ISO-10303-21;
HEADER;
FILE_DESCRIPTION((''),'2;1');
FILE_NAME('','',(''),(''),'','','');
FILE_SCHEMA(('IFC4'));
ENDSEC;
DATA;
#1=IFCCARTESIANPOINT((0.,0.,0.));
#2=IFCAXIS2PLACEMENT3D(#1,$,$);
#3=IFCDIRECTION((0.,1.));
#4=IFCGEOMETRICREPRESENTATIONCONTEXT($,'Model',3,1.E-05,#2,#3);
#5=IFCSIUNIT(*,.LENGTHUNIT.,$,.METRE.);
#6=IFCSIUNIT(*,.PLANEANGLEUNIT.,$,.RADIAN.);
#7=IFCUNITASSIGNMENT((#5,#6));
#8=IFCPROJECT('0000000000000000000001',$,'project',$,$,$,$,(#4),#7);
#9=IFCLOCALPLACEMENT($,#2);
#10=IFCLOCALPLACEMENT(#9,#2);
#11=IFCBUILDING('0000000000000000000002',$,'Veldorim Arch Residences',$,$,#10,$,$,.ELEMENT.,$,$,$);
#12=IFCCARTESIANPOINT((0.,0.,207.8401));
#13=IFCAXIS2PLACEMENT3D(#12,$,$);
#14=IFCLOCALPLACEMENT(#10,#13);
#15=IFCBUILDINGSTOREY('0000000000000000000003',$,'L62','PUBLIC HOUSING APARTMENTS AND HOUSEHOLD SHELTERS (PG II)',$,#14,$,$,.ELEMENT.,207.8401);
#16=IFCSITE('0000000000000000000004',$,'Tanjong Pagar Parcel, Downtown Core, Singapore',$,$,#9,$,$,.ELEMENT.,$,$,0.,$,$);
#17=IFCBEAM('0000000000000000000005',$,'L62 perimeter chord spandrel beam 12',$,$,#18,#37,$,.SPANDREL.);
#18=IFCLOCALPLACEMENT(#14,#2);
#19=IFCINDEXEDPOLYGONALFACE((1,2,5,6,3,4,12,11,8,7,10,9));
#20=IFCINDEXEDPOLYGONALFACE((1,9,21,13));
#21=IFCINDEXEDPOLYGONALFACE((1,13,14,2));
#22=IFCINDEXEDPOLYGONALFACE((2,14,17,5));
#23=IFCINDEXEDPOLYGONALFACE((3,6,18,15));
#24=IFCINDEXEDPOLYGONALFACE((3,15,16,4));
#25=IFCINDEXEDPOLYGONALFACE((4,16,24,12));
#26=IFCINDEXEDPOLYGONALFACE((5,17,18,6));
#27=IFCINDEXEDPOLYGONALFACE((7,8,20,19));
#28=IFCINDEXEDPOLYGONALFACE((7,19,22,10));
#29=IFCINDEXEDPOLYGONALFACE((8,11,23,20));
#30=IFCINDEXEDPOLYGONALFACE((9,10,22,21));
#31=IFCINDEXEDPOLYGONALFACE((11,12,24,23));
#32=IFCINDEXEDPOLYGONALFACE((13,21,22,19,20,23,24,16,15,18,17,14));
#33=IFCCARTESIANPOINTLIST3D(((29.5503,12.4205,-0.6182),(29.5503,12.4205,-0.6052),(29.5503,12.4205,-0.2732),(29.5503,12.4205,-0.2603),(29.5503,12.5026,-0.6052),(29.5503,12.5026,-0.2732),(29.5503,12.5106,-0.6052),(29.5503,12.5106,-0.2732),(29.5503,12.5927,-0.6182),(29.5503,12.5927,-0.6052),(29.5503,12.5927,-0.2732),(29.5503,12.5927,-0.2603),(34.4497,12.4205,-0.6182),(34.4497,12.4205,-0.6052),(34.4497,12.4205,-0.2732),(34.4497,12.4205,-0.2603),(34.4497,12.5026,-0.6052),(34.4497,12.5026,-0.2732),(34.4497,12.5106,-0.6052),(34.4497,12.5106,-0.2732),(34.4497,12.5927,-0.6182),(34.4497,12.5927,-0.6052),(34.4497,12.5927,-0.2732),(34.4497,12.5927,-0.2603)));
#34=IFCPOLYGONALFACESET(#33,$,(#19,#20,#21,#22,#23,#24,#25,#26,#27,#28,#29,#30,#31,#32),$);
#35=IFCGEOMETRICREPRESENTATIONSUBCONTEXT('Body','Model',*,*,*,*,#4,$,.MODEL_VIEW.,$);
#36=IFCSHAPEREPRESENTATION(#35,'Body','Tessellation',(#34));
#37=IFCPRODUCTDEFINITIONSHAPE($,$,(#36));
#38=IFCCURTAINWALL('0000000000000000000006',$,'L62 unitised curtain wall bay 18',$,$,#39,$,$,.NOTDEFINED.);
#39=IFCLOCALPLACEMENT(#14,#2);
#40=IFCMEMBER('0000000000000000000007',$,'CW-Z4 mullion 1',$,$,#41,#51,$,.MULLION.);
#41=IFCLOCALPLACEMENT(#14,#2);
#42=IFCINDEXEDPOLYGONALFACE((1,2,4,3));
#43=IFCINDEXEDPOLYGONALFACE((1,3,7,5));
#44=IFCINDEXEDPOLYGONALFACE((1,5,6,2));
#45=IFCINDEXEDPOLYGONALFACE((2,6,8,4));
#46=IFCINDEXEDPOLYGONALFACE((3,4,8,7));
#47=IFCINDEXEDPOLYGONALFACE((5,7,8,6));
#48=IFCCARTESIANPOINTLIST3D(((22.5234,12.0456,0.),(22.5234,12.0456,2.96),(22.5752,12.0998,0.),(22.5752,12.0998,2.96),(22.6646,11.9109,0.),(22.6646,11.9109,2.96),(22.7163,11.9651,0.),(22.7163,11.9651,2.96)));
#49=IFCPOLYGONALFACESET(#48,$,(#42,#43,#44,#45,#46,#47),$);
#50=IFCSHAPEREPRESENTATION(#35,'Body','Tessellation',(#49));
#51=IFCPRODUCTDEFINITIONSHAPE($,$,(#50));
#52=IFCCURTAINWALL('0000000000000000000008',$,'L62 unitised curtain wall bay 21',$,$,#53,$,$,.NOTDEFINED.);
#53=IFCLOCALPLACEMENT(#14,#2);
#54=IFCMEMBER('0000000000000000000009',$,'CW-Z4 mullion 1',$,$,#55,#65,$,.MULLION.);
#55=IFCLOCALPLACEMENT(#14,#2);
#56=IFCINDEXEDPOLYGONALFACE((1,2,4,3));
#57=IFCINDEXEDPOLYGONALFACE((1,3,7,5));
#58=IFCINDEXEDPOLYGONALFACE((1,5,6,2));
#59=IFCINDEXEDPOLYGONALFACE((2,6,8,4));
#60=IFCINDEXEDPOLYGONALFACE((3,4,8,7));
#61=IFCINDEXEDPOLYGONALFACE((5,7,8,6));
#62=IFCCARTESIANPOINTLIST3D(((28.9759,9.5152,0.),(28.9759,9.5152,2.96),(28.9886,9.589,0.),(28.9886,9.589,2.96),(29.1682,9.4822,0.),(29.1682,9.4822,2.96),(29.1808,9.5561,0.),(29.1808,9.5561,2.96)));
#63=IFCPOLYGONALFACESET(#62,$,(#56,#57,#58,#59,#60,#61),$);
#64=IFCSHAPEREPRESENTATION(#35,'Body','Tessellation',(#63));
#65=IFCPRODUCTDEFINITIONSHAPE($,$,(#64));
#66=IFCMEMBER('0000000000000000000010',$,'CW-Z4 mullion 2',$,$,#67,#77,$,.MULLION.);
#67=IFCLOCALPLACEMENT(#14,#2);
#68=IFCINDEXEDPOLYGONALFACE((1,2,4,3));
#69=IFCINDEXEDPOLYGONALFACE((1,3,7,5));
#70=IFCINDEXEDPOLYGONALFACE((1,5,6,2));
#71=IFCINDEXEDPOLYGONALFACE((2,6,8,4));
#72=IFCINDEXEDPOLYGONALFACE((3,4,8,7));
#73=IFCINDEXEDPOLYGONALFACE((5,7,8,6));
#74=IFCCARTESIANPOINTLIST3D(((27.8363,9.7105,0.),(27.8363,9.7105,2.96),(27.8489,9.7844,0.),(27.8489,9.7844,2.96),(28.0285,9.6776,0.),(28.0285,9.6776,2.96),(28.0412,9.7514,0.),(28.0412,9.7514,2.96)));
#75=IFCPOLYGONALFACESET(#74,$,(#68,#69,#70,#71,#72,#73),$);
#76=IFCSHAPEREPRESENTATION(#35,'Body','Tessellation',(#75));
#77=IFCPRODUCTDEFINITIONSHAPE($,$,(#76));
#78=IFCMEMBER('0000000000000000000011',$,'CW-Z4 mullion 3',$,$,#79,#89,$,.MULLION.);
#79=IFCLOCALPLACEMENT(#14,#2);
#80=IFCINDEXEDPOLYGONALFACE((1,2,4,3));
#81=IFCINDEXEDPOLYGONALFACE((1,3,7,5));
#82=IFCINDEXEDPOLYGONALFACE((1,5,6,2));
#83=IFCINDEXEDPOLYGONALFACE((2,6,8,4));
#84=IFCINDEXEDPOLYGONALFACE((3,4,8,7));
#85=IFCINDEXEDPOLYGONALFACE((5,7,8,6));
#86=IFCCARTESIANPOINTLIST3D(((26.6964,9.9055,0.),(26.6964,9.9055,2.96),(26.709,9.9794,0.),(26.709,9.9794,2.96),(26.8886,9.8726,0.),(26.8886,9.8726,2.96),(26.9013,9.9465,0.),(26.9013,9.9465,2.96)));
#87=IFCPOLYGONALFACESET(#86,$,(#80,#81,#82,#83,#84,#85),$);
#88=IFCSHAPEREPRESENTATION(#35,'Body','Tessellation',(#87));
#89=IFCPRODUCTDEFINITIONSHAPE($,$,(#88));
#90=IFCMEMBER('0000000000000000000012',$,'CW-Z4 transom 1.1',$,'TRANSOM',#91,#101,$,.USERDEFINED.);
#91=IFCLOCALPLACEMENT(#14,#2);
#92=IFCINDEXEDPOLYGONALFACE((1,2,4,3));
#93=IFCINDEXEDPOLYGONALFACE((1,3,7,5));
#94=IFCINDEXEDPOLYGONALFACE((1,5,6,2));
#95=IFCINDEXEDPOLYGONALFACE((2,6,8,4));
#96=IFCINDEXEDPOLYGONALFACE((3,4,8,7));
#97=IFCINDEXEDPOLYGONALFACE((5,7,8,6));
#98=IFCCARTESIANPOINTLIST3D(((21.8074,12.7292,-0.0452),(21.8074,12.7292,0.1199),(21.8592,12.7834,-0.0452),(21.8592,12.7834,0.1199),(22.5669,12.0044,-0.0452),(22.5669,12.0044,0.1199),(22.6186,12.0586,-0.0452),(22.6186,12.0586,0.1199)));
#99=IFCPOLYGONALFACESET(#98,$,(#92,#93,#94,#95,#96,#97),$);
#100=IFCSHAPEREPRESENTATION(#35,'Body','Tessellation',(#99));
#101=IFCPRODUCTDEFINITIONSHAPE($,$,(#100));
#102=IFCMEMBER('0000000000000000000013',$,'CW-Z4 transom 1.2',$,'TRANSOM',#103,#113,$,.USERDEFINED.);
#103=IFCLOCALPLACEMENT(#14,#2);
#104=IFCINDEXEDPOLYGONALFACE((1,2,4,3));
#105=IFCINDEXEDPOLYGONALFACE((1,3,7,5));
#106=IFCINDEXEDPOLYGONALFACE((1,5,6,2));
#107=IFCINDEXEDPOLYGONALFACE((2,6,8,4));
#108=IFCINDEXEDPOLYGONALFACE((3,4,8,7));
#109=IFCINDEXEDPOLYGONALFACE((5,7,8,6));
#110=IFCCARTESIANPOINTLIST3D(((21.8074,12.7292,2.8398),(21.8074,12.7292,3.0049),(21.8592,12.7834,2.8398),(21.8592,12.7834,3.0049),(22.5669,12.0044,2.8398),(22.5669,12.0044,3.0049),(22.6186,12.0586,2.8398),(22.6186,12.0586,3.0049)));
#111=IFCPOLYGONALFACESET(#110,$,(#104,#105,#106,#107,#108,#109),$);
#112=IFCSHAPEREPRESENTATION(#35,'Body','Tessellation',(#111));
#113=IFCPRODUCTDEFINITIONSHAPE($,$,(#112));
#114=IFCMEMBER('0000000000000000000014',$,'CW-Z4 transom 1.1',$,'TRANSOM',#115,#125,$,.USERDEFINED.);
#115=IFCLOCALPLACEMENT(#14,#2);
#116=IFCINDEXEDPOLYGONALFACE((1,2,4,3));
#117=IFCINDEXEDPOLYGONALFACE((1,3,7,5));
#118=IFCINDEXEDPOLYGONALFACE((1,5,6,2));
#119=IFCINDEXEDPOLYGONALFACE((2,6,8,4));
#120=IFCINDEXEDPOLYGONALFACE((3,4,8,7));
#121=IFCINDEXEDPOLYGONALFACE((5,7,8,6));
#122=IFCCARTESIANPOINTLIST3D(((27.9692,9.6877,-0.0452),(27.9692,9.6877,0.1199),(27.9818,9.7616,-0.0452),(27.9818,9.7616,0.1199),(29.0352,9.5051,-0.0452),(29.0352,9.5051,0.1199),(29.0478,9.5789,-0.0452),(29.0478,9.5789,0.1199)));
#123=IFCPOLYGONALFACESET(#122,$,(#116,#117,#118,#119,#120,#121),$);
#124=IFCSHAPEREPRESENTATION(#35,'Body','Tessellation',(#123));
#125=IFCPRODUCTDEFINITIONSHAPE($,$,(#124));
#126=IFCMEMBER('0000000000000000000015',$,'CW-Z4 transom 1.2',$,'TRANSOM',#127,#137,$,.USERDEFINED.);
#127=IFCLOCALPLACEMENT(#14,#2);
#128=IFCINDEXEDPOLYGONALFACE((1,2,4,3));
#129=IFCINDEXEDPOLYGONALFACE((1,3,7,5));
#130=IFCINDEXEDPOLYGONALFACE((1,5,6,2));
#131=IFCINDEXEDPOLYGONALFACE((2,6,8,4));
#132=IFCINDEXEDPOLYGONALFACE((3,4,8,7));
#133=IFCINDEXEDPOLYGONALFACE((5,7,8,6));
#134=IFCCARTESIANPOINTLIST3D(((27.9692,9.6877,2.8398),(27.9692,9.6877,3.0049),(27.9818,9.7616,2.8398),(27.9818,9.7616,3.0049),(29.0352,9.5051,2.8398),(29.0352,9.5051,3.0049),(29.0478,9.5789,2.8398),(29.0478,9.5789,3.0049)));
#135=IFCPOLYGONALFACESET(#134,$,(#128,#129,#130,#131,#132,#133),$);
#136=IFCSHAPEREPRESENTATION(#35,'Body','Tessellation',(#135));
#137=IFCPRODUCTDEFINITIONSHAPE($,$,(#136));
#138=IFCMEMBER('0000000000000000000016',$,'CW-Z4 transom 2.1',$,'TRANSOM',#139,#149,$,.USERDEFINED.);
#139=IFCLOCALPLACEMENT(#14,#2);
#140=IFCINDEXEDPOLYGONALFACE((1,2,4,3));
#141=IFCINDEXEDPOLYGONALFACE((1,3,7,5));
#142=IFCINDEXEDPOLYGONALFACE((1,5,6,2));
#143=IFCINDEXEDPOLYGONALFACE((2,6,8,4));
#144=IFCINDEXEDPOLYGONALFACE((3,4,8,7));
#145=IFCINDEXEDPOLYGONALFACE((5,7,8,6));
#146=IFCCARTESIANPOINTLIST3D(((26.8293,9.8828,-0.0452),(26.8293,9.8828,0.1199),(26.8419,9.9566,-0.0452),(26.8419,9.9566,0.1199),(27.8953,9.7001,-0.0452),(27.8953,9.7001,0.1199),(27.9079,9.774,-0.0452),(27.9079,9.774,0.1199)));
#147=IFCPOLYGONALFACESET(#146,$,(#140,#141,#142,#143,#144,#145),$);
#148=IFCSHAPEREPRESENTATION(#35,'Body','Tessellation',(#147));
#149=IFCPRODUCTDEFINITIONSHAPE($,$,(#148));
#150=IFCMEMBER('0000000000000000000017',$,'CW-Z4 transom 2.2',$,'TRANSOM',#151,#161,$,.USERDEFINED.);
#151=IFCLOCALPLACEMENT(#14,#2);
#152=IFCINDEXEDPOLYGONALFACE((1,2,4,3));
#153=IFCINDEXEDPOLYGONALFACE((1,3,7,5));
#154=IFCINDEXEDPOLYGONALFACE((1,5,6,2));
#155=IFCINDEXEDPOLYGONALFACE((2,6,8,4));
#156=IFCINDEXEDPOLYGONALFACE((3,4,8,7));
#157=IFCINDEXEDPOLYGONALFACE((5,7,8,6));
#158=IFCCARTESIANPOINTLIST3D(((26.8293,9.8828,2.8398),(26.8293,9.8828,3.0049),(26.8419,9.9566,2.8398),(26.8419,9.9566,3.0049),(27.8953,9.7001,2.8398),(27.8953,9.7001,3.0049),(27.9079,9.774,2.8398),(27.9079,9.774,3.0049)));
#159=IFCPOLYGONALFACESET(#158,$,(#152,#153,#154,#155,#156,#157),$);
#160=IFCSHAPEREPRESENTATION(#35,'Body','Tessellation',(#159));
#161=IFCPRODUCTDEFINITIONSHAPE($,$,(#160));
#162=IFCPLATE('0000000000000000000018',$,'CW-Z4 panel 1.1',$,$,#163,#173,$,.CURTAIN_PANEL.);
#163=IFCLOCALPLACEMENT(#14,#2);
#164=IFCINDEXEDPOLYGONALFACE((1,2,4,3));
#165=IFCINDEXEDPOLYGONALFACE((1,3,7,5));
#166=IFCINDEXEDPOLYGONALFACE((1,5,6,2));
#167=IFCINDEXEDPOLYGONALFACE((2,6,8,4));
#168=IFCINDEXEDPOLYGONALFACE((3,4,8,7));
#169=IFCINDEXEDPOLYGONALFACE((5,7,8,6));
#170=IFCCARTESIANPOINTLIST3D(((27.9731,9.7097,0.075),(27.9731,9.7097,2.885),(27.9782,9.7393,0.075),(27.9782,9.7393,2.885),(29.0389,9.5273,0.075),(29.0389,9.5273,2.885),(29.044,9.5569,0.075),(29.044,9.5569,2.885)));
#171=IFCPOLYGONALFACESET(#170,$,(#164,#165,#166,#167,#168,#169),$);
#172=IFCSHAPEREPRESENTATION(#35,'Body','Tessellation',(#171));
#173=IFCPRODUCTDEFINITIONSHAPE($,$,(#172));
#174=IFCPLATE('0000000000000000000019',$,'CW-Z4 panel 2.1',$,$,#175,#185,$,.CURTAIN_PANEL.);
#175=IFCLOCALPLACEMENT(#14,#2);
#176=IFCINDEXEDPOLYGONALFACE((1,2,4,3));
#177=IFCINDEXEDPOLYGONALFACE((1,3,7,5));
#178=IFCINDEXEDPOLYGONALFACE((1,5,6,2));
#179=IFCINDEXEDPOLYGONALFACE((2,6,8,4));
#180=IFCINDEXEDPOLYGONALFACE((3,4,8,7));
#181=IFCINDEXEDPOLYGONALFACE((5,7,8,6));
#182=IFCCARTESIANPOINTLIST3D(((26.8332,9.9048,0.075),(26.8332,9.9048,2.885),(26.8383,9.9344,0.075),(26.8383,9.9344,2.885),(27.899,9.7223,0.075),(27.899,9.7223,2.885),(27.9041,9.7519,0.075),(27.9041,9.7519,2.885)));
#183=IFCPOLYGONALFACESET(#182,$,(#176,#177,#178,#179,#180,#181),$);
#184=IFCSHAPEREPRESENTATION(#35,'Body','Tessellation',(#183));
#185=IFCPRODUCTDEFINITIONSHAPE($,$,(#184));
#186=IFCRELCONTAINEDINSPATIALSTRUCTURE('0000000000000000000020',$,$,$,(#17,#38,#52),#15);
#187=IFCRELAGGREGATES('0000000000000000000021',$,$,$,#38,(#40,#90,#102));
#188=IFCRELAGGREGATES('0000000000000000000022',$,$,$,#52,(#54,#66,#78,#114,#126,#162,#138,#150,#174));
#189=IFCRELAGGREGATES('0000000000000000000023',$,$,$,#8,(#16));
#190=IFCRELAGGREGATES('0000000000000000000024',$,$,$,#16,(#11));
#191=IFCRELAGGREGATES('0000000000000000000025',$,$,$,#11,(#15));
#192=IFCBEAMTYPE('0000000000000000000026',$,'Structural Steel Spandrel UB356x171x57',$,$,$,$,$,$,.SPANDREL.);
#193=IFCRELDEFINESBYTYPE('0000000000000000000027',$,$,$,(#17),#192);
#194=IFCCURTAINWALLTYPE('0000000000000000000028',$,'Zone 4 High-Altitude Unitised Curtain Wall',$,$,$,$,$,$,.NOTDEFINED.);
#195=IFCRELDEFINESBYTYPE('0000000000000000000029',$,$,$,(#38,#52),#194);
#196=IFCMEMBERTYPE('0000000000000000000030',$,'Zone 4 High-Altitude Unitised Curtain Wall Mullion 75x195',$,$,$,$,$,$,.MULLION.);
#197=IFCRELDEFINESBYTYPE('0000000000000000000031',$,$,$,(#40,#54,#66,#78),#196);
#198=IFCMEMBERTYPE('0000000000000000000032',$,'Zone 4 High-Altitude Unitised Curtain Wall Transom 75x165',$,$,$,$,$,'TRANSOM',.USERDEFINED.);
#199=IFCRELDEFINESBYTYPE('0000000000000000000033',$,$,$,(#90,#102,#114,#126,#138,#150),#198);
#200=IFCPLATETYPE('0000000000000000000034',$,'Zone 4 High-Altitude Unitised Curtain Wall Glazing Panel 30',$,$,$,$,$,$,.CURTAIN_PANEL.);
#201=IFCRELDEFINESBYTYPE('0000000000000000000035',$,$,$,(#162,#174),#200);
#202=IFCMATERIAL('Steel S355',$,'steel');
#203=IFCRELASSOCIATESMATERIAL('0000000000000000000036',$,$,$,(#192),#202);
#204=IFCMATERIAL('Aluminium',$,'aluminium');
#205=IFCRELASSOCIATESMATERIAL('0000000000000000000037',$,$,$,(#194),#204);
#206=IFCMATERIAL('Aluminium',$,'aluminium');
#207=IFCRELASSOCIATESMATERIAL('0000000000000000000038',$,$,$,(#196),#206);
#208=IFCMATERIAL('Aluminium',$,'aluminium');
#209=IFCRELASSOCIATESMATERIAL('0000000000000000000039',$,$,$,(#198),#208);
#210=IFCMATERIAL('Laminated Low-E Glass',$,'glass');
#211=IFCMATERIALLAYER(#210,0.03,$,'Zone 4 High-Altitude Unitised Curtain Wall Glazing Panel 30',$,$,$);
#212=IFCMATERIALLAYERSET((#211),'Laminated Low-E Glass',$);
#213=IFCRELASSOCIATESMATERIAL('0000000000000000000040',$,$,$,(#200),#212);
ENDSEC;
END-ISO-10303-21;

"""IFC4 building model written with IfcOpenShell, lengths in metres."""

from ifc_helpers import new_model, si_unit, direction, frame, origin, origin_2d, place, context, subcontext, project, spatial, rectangle, i_section, extrude, material, layer, layer_set, material_profile, profile_set, type_object, element, aggregate, save


model = new_model("IFC4")

# Units and contexts
model_context = context("Model", 3, precision=1e-05, world=origin(), true_north=direction((0.0, 1.0)))
body_context = subcontext(model_context, "Body", "Model", "MODEL_VIEW")
ifc_project = project(units=[si_unit("LENGTHUNIT", "METRE"), si_unit("PLANEANGLEUNIT", "RADIAN")], contexts=[model_context])

# Site, building, storey
site_placement = place(None, origin())
site = spatial("IfcSite", under=ifc_project, at=site_placement, Name="Tanjong Pagar Parcel, Downtown Core, Singapore", CompositionType="ELEMENT", RefElevation=0.0)
building_placement = place(site_placement, origin())
building = spatial("IfcBuilding", under=site, at=building_placement, Name="Veldorim Arch Residences", CompositionType="ELEMENT")
storey_placement = place(building_placement, frame((0.0, 0.0, 207.8401)))
storey = spatial("IfcBuildingStorey", under=building, at=storey_placement, Name="L62", Description="PUBLIC HOUSING APARTMENTS AND HOUSEHOLD SHELTERS (PG II)", CompositionType="ELEMENT", Elevation=207.8401)

# Beam
ifc_material_1 = material(Name="Steel S355", Category="steel")
ifc_material_profile_1 = material_profile(ifc_material_1, i_section(OverallWidth=0.1721, OverallDepth=0.3579, WebThickness=0.0081, FlangeThickness=0.0129, at=origin_2d()), Name="UB356x171x57")
ifc_profile_set_1 = profile_set([ifc_material_profile_1], Name="Steel S355")
beam_type = type_object("IfcBeamType", Name="Structural Steel Spandrel UB356x171x57", PredefinedType="SPANDREL", material=ifc_profile_set_1)
beam_placement = place(storey_placement, frame((29.5503, 12.5066, -0.4392), z_axis=(1.0, 0.0, 0.0), x_axis=(0.0, 1.0, 0.0)))
element("IfcBeam", 1, at=beam_placement, inside=storey, type_object=beam_type, Name="L62 perimeter chord spandrel beam 12", PredefinedType="SPANDREL", context=body_context, shape_type="SweptSolid", body=[
    extrude(i_section(OverallWidth=0.1721, OverallDepth=0.3579, WebThickness=0.0081, FlangeThickness=0.0129, at=origin_2d()), origin(), (0.0, 0.0, 1.0), 4.8994),
])

# Curtain wall, member
ifc_material_2 = material(Name="Aluminium", Category="aluminium")
curtain_wall_type = type_object("IfcCurtainWallType", Name="Zone 4 High-Altitude Unitised Curtain Wall", PredefinedType="NOTDEFINED", material=ifc_material_2)
curtain_wall_1_placement = place(storey_placement, origin())
curtain_wall_1 = element("IfcCurtainWall", 2, at=curtain_wall_1_placement, inside=storey, type_object=curtain_wall_type, Name="L62 unitised curtain wall bay 18", PredefinedType="NOTDEFINED")
ifc_material_3 = material(Name="Aluminium", Category="aluminium")
ifc_material_profile_2 = material_profile(ifc_material_3, rectangle(XDim=0.075, YDim=0.1951, at=origin_2d()), Name="ALU_MUL_75x195")
ifc_profile_set_2 = profile_set([ifc_material_profile_2], Name="Aluminium")
member_type_1 = type_object("IfcMemberType", Name="Zone 4 High-Altitude Unitised Curtain Wall Mullion 75x195", PredefinedType="MULLION", material=ifc_profile_set_2)
member_1_placement = place(storey_placement, frame((22.6199, 12.0054, 0.0), z_axis=(0.0, 0.0, 1.0), x_axis=(-0.690461, -0.723369, 0.0)))
member_1 = element("IfcMember", 3, at=member_1_placement, type_object=member_type_1, Name="CW-Z4 mullion 1", PredefinedType="MULLION", context=body_context, shape_type="SweptSolid", body=[
    extrude(rectangle(XDim=0.075, YDim=0.1951, at=origin_2d()), origin(), (0.0, 0.0, 1.0), 2.96),
])

# Curtain wall, members
curtain_wall_2_placement = place(storey_placement, origin())
curtain_wall_2 = element("IfcCurtainWall", 4, at=curtain_wall_2_placement, inside=storey, type_object=curtain_wall_type, Name="L62 unitised curtain wall bay 21", PredefinedType="NOTDEFINED")
member_2_placement = place(storey_placement, frame((29.0784, 9.5356, 0.0), z_axis=(0.0, 0.0, 1.0), x_axis=(-0.16873, -0.985662, 0.0)))
member_2 = element("IfcMember", 5, at=member_2_placement, type_object=member_type_1, Name="CW-Z4 mullion 1", PredefinedType="MULLION", context=body_context, shape_type="SweptSolid", body=[
    extrude(rectangle(XDim=0.075, YDim=0.1951, at=origin_2d()), origin(), (0.0, 0.0, 1.0), 2.96),
])
member_3_placement = place(storey_placement, frame((27.9387, 9.731, 0.0), z_axis=(0.0, 0.0, 1.0), x_axis=(-0.16873, -0.985662, 0.0)))
member_3 = element("IfcMember", 6, at=member_3_placement, type_object=member_type_1, Name="CW-Z4 mullion 2", PredefinedType="MULLION", context=body_context, shape_type="SweptSolid", body=[
    extrude(rectangle(XDim=0.075, YDim=0.1951, at=origin_2d()), origin(), (0.0, 0.0, 1.0), 2.96),
])
member_4_placement = place(storey_placement, frame((26.7988, 9.926, 0.0), z_axis=(0.0, 0.0, 1.0), x_axis=(-0.16873, -0.985662, 0.0)))
member_4 = element("IfcMember", 7, at=member_4_placement, type_object=member_type_1, Name="CW-Z4 mullion 3", PredefinedType="MULLION", context=body_context, shape_type="SweptSolid", body=[
    extrude(rectangle(XDim=0.075, YDim=0.1951, at=origin_2d()), origin(), (0.0, 0.0, 1.0), 2.96),
])

# Members
ifc_material_4 = material(Name="Aluminium", Category="aluminium")
ifc_material_profile_3 = material_profile(ifc_material_4, rectangle(XDim=0.075, YDim=0.165, at=origin_2d()), Name="ALU_TRN_75x165")
ifc_profile_set_3 = profile_set([ifc_material_profile_3], Name="Aluminium")
member_type_2 = type_object("IfcMemberType", Name="Zone 4 High-Altitude Unitised Curtain Wall Transom 75x165", ElementType="TRANSOM", PredefinedType="USERDEFINED", material=ifc_profile_set_3)
member_5_placement = place(storey_placement, frame((22.5928, 12.0315, 0.0374), z_axis=(-0.723424, 0.690404, 0.0), x_axis=(-0.690404, -0.723424, 0.0)))
member_5 = element("IfcMember", 8, at=member_5_placement, type_object=member_type_2, Name="CW-Z4 transom 1.1", ObjectType="TRANSOM", PredefinedType="USERDEFINED", context=body_context, shape_type="SweptSolid", body=[
    extrude(rectangle(XDim=0.075, YDim=0.165, at=origin_2d()), origin(), (0.0, 0.0, 1.0), 1.0498),
])
member_6_placement = place(storey_placement, frame((22.5928, 12.0315, 2.9224), z_axis=(-0.723424, 0.690404, 0.0), x_axis=(-0.690404, -0.723424, 0.0)))
member_6 = element("IfcMember", 9, at=member_6_placement, type_object=member_type_2, Name="CW-Z4 transom 1.2", ObjectType="TRANSOM", PredefinedType="USERDEFINED", context=body_context, shape_type="SweptSolid", body=[
    extrude(rectangle(XDim=0.075, YDim=0.165, at=origin_2d()), origin(), (0.0, 0.0, 1.0), 1.0498),
])
aggregate(curtain_wall_1, [member_1, member_5, member_6])
member_7_placement = place(storey_placement, frame((29.0415, 9.542, 0.0374), z_axis=(-0.985639, 0.168864, 0.0), x_axis=(-0.168864, -0.985639, 0.0)))
member_7 = element("IfcMember", 10, at=member_7_placement, type_object=member_type_2, Name="CW-Z4 transom 1.1", ObjectType="TRANSOM", PredefinedType="USERDEFINED", context=body_context, shape_type="SweptSolid", body=[
    extrude(rectangle(XDim=0.075, YDim=0.165, at=origin_2d()), origin(), (0.0, 0.0, 1.0), 1.0815),
])
member_8_placement = place(storey_placement, frame((29.0415, 9.542, 2.9224), z_axis=(-0.985639, 0.168864, 0.0), x_axis=(-0.168864, -0.985639, 0.0)))
member_8 = element("IfcMember", 11, at=member_8_placement, type_object=member_type_2, Name="CW-Z4 transom 1.2", ObjectType="TRANSOM", PredefinedType="USERDEFINED", context=body_context, shape_type="SweptSolid", body=[
    extrude(rectangle(XDim=0.075, YDim=0.165, at=origin_2d()), origin(), (0.0, 0.0, 1.0), 1.0815),
])
member_9_placement = place(storey_placement, frame((27.9016, 9.7371, 0.0374), z_axis=(-0.985639, 0.168864, 0.0), x_axis=(-0.168864, -0.985639, 0.0)))
member_9 = element("IfcMember", 12, at=member_9_placement, type_object=member_type_2, Name="CW-Z4 transom 2.1", ObjectType="TRANSOM", PredefinedType="USERDEFINED", context=body_context, shape_type="SweptSolid", body=[
    extrude(rectangle(XDim=0.075, YDim=0.165, at=origin_2d()), origin(), (0.0, 0.0, 1.0), 1.0815),
])
member_10_placement = place(storey_placement, frame((27.9016, 9.7371, 2.9224), z_axis=(-0.985639, 0.168864, 0.0), x_axis=(-0.168864, -0.985639, 0.0)))
member_10 = element("IfcMember", 13, at=member_10_placement, type_object=member_type_2, Name="CW-Z4 transom 2.2", ObjectType="TRANSOM", PredefinedType="USERDEFINED", context=body_context, shape_type="SweptSolid", body=[
    extrude(rectangle(XDim=0.075, YDim=0.165, at=origin_2d()), origin(), (0.0, 0.0, 1.0), 1.0815),
])

# Plates
ifc_material_5 = material(Name="Laminated Low-E Glass", Category="glass")
ifc_layer_1 = layer(ifc_material_5, 0.03, Name="Zone 4 High-Altitude Unitised Curtain Wall Glazing Panel 30")
ifc_layer_set_1 = layer_set([ifc_layer_1], Name="Laminated Low-E Glass")
plate_type = type_object("IfcPlateType", Name="Zone 4 High-Altitude Unitised Curtain Wall Glazing Panel 30", PredefinedType="CURTAIN_PANEL", material=ifc_layer_set_1)
plate_1_placement = place(storey_placement, frame((28.5085, 9.6333, 0.075), z_axis=(0.0, 0.0, 1.0), x_axis=(-0.985662, 0.16873, 0.0)))
plate_1 = element("IfcPlate", 14, at=plate_1_placement, type_object=plate_type, Name="CW-Z4 panel 1.1", PredefinedType="CURTAIN_PANEL", context=body_context, shape_type="SweptSolid", body=[
    extrude(rectangle(XDim=1.0813, YDim=0.03, at=origin_2d()), origin(), (0.0, 0.0, 1.0), 2.8101),
])
plate_2_placement = place(storey_placement, frame((27.3687, 9.8284, 0.075), z_axis=(0.0, 0.0, 1.0), x_axis=(-0.985662, 0.16873, 0.0)))
plate_2 = element("IfcPlate", 15, at=plate_2_placement, type_object=plate_type, Name="CW-Z4 panel 2.1", PredefinedType="CURTAIN_PANEL", context=body_context, shape_type="SweptSolid", body=[
    extrude(rectangle(XDim=1.0813, YDim=0.03, at=origin_2d()), origin(), (0.0, 0.0, 1.0), 2.8101),
])
aggregate(curtain_wall_2, [member_2, member_3, member_4, member_7, member_8, plate_1, member_9, member_10, plate_2])

save(model, "model.ifc")
